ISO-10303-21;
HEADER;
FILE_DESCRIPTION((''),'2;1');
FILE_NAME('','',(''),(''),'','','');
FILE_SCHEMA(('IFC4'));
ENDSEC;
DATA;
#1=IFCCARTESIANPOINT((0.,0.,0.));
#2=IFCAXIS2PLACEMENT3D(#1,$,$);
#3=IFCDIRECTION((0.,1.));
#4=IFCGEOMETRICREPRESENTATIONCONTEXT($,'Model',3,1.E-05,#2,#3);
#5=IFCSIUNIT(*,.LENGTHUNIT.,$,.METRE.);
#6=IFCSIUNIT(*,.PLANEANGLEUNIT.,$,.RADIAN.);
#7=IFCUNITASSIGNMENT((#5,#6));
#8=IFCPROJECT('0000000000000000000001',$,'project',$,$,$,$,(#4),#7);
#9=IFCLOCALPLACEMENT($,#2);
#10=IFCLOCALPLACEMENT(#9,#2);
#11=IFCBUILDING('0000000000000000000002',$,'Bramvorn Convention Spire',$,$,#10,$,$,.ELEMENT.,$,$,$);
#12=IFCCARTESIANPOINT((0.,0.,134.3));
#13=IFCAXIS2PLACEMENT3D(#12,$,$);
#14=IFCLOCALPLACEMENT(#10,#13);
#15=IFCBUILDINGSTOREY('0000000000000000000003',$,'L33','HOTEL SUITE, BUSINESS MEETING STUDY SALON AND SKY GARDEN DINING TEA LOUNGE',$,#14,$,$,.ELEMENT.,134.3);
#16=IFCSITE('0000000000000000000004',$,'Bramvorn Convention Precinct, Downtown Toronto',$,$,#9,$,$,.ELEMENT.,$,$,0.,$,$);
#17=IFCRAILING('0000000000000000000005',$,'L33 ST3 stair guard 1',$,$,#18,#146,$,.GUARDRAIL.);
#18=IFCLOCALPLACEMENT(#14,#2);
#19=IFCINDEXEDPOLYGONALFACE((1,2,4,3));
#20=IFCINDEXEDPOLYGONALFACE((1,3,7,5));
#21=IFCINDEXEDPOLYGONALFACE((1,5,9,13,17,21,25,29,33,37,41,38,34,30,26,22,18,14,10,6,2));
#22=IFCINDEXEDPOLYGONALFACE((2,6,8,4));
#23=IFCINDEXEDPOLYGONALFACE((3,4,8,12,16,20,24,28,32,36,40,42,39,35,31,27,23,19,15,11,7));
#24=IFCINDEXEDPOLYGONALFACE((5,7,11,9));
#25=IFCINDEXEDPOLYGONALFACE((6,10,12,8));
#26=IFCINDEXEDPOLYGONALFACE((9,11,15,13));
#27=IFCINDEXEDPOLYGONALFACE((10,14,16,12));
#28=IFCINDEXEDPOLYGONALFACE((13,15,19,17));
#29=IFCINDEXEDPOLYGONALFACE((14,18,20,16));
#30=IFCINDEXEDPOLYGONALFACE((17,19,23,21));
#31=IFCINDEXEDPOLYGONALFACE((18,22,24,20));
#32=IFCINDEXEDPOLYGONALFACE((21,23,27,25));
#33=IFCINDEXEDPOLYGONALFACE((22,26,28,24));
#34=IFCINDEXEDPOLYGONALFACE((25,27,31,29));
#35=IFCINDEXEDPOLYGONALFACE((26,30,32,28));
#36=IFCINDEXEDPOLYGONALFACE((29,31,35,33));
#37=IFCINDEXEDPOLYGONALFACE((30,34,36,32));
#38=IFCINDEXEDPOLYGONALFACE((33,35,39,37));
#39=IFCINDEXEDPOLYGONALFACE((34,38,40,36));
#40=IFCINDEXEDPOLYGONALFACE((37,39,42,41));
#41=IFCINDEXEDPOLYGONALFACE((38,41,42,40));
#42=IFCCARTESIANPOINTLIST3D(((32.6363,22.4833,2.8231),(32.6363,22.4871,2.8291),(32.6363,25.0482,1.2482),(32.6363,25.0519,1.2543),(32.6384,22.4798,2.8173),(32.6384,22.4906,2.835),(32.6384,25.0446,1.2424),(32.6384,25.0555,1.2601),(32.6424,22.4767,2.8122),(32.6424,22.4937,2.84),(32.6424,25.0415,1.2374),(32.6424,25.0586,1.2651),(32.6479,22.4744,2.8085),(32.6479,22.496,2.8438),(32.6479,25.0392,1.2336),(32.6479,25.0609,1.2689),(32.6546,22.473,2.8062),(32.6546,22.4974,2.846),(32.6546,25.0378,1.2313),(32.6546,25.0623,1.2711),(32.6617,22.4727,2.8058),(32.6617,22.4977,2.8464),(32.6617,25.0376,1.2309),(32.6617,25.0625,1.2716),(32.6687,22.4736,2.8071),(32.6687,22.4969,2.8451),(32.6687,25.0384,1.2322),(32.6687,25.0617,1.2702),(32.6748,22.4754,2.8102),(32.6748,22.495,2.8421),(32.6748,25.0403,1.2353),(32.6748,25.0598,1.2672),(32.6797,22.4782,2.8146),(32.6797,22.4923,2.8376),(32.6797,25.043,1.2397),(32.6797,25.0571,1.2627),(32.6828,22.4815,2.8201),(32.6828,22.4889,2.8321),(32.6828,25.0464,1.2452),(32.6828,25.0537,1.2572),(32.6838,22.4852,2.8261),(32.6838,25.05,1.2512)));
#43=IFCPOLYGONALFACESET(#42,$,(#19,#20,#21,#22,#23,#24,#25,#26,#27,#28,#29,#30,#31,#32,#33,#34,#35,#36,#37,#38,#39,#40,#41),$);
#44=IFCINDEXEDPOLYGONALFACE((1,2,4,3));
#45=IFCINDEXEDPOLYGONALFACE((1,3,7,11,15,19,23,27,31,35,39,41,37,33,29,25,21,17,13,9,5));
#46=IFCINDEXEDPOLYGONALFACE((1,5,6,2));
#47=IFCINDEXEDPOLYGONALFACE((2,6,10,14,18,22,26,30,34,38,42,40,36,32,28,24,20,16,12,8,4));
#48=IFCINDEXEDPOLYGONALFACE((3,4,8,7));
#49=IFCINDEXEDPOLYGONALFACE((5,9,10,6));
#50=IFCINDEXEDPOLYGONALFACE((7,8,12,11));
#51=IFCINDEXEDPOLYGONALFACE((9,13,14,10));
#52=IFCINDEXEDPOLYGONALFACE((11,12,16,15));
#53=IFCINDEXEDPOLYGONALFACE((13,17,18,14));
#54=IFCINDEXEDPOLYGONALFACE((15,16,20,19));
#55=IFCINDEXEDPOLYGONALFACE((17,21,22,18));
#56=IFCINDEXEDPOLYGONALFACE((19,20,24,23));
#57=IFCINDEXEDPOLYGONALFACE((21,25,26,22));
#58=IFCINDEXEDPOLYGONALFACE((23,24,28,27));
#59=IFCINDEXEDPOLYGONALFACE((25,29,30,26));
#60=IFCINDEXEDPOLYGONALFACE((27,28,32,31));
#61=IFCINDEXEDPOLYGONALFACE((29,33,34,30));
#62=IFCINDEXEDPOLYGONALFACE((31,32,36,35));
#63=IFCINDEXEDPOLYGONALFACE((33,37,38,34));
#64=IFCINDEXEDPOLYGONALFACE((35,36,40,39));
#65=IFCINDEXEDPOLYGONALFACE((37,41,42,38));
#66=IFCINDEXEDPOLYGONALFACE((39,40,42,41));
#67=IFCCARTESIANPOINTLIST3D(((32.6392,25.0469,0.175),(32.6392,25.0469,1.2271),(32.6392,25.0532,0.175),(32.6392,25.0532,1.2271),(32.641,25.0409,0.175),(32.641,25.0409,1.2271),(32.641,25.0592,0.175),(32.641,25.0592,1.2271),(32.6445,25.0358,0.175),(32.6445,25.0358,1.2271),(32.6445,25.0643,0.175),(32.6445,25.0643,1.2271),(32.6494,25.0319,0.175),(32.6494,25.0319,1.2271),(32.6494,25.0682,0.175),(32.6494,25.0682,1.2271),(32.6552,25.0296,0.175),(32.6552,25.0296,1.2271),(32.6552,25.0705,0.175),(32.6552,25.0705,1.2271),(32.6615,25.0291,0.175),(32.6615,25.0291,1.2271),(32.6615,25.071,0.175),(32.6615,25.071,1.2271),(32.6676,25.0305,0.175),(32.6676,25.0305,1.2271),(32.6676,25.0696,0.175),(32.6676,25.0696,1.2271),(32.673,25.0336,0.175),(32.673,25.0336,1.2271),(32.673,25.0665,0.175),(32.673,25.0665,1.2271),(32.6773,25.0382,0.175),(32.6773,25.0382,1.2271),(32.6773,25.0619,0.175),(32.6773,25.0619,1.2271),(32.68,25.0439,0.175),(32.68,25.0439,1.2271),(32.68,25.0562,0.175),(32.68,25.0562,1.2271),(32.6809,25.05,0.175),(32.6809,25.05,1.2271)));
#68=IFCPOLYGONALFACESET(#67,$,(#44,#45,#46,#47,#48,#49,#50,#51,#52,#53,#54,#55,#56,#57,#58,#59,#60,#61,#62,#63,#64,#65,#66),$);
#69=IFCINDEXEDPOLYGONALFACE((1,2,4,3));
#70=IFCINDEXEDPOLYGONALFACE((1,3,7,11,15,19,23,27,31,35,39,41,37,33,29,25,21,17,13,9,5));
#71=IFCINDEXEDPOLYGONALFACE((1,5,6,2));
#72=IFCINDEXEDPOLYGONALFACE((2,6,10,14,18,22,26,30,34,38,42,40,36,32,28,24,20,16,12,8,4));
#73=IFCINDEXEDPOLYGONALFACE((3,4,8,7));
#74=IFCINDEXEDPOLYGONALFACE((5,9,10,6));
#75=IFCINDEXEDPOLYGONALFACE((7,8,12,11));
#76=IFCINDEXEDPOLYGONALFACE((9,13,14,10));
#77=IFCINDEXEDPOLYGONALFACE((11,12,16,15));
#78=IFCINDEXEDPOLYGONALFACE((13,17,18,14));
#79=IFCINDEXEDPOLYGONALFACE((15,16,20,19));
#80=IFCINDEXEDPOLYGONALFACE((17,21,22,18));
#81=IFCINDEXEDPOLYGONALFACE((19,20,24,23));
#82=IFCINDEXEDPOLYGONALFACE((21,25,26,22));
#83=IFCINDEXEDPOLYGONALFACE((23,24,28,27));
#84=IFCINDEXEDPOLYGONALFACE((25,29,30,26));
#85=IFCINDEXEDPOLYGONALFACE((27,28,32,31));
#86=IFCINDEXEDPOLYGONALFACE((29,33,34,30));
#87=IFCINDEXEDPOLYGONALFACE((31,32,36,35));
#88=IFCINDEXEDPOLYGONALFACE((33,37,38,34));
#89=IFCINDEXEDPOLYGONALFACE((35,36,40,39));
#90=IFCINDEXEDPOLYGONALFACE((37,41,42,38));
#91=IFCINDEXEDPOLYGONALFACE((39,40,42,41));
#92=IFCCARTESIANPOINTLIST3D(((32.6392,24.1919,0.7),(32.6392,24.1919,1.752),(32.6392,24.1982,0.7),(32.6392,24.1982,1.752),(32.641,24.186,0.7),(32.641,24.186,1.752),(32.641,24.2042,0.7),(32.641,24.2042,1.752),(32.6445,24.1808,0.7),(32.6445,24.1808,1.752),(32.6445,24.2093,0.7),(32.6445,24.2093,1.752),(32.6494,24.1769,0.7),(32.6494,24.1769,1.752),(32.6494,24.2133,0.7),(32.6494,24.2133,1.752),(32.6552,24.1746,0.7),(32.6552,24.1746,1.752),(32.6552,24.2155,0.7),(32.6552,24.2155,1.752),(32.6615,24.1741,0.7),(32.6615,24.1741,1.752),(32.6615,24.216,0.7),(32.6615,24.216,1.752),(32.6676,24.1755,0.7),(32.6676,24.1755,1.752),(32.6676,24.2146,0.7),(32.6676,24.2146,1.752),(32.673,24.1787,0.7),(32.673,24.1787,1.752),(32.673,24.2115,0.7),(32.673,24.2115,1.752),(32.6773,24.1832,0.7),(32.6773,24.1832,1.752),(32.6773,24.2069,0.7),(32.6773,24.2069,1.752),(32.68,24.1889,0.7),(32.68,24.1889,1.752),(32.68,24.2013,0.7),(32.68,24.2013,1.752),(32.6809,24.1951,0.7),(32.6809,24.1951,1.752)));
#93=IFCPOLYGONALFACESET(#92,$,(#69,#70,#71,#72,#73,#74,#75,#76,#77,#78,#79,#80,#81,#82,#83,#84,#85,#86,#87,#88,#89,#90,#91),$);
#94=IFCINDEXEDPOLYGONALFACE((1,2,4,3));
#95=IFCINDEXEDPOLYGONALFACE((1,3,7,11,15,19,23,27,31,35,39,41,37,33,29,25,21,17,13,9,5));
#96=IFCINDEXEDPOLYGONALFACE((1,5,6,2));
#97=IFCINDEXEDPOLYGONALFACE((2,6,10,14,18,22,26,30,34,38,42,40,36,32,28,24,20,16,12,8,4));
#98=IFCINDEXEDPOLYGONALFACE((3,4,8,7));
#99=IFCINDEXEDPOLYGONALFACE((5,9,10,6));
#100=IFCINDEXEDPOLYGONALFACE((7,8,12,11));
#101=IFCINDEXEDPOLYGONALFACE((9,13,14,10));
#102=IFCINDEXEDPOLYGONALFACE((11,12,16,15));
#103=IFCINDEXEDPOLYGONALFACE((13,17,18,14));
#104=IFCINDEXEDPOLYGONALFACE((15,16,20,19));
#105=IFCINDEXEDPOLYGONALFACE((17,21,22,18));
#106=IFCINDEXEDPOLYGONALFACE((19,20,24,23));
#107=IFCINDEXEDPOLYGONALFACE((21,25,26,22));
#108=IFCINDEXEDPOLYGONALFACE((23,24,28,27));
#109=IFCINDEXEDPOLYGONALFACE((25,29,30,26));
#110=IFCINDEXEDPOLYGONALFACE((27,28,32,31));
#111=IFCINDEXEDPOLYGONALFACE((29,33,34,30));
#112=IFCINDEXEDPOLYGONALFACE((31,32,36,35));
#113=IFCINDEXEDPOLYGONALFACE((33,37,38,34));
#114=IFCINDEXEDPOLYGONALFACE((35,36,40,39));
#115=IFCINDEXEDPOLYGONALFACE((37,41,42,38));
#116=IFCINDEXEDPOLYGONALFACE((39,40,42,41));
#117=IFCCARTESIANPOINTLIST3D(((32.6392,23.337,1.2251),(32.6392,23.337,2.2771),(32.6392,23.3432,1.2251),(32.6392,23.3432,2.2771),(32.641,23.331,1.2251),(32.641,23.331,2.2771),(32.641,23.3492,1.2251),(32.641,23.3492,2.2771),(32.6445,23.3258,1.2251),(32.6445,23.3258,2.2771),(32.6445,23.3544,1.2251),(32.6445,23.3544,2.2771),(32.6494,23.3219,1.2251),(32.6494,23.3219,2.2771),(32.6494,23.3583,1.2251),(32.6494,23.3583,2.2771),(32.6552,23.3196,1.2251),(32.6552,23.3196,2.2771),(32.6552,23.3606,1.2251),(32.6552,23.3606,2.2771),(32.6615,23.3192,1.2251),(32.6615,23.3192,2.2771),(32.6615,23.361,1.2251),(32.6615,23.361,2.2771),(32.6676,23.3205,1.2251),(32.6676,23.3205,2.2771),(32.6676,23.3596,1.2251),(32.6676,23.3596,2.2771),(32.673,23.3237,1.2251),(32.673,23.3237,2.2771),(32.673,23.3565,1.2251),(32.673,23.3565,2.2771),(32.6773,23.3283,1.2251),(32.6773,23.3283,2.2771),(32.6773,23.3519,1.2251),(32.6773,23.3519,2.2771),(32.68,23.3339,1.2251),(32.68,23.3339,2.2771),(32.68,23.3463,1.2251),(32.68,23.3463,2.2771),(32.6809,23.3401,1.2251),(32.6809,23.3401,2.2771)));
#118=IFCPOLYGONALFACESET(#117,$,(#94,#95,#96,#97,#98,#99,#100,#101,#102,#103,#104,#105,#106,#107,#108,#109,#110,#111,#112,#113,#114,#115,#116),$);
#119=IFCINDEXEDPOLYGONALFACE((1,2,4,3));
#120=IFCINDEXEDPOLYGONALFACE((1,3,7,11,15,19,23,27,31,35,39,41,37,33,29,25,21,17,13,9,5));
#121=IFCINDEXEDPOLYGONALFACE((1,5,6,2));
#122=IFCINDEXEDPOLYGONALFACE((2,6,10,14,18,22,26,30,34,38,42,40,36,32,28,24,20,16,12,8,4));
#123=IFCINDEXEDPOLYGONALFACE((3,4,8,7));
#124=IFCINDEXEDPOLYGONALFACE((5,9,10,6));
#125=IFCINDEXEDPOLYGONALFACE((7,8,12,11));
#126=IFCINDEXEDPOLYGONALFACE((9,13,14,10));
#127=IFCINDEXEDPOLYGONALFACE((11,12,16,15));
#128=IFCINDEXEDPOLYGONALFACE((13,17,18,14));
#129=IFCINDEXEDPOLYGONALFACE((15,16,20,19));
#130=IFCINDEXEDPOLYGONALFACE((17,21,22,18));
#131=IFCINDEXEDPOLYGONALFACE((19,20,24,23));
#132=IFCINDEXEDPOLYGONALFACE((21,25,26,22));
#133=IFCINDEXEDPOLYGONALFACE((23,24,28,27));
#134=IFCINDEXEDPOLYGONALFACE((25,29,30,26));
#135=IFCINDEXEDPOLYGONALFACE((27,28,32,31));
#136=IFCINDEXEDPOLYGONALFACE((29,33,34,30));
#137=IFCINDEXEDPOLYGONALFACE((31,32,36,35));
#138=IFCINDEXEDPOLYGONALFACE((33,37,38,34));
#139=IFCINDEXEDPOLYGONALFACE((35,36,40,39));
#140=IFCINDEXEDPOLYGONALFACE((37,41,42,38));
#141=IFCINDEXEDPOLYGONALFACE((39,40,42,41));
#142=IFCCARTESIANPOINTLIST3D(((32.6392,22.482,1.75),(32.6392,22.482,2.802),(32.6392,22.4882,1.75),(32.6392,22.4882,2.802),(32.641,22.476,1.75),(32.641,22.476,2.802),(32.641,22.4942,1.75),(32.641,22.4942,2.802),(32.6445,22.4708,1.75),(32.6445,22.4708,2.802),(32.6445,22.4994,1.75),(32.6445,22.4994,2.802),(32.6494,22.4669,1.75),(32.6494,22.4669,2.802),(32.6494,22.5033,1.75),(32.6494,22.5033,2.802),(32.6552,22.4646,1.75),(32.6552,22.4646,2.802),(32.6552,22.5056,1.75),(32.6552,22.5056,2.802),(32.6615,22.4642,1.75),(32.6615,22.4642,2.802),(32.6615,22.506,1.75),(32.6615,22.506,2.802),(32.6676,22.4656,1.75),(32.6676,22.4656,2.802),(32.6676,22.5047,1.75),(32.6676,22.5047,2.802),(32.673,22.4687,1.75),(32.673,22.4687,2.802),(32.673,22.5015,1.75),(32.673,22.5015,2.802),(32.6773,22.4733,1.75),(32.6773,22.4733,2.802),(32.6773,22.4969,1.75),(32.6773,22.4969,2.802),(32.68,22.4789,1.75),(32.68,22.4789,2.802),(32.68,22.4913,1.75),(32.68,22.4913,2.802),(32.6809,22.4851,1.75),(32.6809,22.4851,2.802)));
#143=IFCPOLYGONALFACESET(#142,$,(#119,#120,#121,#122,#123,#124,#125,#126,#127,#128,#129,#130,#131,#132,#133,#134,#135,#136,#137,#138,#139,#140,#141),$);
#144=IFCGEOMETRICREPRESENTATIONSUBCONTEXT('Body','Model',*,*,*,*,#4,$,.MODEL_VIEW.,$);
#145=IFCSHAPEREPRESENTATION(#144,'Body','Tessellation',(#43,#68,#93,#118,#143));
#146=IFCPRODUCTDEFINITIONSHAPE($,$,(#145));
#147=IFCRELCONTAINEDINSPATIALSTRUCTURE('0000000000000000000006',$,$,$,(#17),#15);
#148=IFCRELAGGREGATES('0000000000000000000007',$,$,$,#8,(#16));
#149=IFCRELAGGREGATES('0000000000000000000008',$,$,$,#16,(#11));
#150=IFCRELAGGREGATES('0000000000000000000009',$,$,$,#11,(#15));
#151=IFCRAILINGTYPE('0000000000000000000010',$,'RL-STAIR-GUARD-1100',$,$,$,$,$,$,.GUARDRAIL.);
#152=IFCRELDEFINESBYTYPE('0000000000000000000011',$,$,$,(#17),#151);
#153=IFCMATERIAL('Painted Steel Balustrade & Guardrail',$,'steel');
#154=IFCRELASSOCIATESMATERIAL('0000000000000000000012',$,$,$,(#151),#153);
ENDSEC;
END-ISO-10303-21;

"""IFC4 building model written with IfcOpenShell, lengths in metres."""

from ifc_helpers import new_model, si_unit, direction, frame, origin, origin_2d, place, context, subcontext, project, spatial, circle, extrude, material, type_object, element, save


model = new_model("IFC4")

# Units and contexts
model_context = context("Model", 3, precision=1e-05, world=origin(), true_north=direction((0.0, 1.0)))
body_context = subcontext(model_context, "Body", "Model", "MODEL_VIEW")
ifc_project = project(units=[si_unit("LENGTHUNIT", "METRE"), si_unit("PLANEANGLEUNIT", "RADIAN")], contexts=[model_context])

# Site, building, storey
site_placement = place(None, origin())
site = spatial("IfcSite", under=ifc_project, at=site_placement, Name="Bramvorn Convention Precinct, Downtown Toronto", CompositionType="ELEMENT", RefElevation=0.0)
building_placement = place(site_placement, origin())
building = spatial("IfcBuilding", under=site, at=building_placement, Name="Bramvorn Convention Spire", CompositionType="ELEMENT")
storey_placement = place(building_placement, frame((0.0, 0.0, 134.3)))
storey = spatial("IfcBuildingStorey", under=building, at=storey_placement, Name="L33", Description="HOTEL SUITE, BUSINESS MEETING STUDY SALON AND SKY GARDEN DINING TEA LOUNGE", CompositionType="ELEMENT", Elevation=134.3)

# Railing
ifc_material_1 = material(Name="Painted Steel Balustrade & Guardrail", Category="steel")
railing_type_1 = type_object("IfcRailingType", Name="RL-STAIR-GUARD-1100", PredefinedType="GUARDRAIL", material=ifc_material_1)
railing_1_placement = place(storey_placement, frame((32.6599, 25.05, 0.175)))
element("IfcRailing", 1, at=railing_1_placement, inside=storey, type_object=railing_type_1, Name="L33 ST3 stair guard 1", PredefinedType="GUARDRAIL", context=body_context, shape_type="SweptSolid", body=[
    extrude(circle(Radius=0.0239, at=origin_2d()), frame((0.0, 0.0, 1.0762), z_axis=(0.0, -0.852173, 0.52326), x_axis=(1.0, 0.0, 0.0)), (0.0, 0.0, 1.0), 3.0098),
    extrude(circle(Radius=0.021, at=origin_2d()), origin(), (0.0, 0.0, 1.0), 1.052),
    extrude(circle(Radius=0.021, at=origin_2d()), frame((0.0, -0.855, 0.5249)), (0.0, 0.0, 1.0), 1.052),
    extrude(circle(Radius=0.021, at=origin_2d()), frame((0.0, -1.71, 1.05)), (0.0, 0.0, 1.0), 1.052),
    extrude(circle(Radius=0.021, at=origin_2d()), frame((0.0, -2.5649, 1.575)), (0.0, 0.0, 1.0), 1.052),
])

save(model, "model.ifc")
